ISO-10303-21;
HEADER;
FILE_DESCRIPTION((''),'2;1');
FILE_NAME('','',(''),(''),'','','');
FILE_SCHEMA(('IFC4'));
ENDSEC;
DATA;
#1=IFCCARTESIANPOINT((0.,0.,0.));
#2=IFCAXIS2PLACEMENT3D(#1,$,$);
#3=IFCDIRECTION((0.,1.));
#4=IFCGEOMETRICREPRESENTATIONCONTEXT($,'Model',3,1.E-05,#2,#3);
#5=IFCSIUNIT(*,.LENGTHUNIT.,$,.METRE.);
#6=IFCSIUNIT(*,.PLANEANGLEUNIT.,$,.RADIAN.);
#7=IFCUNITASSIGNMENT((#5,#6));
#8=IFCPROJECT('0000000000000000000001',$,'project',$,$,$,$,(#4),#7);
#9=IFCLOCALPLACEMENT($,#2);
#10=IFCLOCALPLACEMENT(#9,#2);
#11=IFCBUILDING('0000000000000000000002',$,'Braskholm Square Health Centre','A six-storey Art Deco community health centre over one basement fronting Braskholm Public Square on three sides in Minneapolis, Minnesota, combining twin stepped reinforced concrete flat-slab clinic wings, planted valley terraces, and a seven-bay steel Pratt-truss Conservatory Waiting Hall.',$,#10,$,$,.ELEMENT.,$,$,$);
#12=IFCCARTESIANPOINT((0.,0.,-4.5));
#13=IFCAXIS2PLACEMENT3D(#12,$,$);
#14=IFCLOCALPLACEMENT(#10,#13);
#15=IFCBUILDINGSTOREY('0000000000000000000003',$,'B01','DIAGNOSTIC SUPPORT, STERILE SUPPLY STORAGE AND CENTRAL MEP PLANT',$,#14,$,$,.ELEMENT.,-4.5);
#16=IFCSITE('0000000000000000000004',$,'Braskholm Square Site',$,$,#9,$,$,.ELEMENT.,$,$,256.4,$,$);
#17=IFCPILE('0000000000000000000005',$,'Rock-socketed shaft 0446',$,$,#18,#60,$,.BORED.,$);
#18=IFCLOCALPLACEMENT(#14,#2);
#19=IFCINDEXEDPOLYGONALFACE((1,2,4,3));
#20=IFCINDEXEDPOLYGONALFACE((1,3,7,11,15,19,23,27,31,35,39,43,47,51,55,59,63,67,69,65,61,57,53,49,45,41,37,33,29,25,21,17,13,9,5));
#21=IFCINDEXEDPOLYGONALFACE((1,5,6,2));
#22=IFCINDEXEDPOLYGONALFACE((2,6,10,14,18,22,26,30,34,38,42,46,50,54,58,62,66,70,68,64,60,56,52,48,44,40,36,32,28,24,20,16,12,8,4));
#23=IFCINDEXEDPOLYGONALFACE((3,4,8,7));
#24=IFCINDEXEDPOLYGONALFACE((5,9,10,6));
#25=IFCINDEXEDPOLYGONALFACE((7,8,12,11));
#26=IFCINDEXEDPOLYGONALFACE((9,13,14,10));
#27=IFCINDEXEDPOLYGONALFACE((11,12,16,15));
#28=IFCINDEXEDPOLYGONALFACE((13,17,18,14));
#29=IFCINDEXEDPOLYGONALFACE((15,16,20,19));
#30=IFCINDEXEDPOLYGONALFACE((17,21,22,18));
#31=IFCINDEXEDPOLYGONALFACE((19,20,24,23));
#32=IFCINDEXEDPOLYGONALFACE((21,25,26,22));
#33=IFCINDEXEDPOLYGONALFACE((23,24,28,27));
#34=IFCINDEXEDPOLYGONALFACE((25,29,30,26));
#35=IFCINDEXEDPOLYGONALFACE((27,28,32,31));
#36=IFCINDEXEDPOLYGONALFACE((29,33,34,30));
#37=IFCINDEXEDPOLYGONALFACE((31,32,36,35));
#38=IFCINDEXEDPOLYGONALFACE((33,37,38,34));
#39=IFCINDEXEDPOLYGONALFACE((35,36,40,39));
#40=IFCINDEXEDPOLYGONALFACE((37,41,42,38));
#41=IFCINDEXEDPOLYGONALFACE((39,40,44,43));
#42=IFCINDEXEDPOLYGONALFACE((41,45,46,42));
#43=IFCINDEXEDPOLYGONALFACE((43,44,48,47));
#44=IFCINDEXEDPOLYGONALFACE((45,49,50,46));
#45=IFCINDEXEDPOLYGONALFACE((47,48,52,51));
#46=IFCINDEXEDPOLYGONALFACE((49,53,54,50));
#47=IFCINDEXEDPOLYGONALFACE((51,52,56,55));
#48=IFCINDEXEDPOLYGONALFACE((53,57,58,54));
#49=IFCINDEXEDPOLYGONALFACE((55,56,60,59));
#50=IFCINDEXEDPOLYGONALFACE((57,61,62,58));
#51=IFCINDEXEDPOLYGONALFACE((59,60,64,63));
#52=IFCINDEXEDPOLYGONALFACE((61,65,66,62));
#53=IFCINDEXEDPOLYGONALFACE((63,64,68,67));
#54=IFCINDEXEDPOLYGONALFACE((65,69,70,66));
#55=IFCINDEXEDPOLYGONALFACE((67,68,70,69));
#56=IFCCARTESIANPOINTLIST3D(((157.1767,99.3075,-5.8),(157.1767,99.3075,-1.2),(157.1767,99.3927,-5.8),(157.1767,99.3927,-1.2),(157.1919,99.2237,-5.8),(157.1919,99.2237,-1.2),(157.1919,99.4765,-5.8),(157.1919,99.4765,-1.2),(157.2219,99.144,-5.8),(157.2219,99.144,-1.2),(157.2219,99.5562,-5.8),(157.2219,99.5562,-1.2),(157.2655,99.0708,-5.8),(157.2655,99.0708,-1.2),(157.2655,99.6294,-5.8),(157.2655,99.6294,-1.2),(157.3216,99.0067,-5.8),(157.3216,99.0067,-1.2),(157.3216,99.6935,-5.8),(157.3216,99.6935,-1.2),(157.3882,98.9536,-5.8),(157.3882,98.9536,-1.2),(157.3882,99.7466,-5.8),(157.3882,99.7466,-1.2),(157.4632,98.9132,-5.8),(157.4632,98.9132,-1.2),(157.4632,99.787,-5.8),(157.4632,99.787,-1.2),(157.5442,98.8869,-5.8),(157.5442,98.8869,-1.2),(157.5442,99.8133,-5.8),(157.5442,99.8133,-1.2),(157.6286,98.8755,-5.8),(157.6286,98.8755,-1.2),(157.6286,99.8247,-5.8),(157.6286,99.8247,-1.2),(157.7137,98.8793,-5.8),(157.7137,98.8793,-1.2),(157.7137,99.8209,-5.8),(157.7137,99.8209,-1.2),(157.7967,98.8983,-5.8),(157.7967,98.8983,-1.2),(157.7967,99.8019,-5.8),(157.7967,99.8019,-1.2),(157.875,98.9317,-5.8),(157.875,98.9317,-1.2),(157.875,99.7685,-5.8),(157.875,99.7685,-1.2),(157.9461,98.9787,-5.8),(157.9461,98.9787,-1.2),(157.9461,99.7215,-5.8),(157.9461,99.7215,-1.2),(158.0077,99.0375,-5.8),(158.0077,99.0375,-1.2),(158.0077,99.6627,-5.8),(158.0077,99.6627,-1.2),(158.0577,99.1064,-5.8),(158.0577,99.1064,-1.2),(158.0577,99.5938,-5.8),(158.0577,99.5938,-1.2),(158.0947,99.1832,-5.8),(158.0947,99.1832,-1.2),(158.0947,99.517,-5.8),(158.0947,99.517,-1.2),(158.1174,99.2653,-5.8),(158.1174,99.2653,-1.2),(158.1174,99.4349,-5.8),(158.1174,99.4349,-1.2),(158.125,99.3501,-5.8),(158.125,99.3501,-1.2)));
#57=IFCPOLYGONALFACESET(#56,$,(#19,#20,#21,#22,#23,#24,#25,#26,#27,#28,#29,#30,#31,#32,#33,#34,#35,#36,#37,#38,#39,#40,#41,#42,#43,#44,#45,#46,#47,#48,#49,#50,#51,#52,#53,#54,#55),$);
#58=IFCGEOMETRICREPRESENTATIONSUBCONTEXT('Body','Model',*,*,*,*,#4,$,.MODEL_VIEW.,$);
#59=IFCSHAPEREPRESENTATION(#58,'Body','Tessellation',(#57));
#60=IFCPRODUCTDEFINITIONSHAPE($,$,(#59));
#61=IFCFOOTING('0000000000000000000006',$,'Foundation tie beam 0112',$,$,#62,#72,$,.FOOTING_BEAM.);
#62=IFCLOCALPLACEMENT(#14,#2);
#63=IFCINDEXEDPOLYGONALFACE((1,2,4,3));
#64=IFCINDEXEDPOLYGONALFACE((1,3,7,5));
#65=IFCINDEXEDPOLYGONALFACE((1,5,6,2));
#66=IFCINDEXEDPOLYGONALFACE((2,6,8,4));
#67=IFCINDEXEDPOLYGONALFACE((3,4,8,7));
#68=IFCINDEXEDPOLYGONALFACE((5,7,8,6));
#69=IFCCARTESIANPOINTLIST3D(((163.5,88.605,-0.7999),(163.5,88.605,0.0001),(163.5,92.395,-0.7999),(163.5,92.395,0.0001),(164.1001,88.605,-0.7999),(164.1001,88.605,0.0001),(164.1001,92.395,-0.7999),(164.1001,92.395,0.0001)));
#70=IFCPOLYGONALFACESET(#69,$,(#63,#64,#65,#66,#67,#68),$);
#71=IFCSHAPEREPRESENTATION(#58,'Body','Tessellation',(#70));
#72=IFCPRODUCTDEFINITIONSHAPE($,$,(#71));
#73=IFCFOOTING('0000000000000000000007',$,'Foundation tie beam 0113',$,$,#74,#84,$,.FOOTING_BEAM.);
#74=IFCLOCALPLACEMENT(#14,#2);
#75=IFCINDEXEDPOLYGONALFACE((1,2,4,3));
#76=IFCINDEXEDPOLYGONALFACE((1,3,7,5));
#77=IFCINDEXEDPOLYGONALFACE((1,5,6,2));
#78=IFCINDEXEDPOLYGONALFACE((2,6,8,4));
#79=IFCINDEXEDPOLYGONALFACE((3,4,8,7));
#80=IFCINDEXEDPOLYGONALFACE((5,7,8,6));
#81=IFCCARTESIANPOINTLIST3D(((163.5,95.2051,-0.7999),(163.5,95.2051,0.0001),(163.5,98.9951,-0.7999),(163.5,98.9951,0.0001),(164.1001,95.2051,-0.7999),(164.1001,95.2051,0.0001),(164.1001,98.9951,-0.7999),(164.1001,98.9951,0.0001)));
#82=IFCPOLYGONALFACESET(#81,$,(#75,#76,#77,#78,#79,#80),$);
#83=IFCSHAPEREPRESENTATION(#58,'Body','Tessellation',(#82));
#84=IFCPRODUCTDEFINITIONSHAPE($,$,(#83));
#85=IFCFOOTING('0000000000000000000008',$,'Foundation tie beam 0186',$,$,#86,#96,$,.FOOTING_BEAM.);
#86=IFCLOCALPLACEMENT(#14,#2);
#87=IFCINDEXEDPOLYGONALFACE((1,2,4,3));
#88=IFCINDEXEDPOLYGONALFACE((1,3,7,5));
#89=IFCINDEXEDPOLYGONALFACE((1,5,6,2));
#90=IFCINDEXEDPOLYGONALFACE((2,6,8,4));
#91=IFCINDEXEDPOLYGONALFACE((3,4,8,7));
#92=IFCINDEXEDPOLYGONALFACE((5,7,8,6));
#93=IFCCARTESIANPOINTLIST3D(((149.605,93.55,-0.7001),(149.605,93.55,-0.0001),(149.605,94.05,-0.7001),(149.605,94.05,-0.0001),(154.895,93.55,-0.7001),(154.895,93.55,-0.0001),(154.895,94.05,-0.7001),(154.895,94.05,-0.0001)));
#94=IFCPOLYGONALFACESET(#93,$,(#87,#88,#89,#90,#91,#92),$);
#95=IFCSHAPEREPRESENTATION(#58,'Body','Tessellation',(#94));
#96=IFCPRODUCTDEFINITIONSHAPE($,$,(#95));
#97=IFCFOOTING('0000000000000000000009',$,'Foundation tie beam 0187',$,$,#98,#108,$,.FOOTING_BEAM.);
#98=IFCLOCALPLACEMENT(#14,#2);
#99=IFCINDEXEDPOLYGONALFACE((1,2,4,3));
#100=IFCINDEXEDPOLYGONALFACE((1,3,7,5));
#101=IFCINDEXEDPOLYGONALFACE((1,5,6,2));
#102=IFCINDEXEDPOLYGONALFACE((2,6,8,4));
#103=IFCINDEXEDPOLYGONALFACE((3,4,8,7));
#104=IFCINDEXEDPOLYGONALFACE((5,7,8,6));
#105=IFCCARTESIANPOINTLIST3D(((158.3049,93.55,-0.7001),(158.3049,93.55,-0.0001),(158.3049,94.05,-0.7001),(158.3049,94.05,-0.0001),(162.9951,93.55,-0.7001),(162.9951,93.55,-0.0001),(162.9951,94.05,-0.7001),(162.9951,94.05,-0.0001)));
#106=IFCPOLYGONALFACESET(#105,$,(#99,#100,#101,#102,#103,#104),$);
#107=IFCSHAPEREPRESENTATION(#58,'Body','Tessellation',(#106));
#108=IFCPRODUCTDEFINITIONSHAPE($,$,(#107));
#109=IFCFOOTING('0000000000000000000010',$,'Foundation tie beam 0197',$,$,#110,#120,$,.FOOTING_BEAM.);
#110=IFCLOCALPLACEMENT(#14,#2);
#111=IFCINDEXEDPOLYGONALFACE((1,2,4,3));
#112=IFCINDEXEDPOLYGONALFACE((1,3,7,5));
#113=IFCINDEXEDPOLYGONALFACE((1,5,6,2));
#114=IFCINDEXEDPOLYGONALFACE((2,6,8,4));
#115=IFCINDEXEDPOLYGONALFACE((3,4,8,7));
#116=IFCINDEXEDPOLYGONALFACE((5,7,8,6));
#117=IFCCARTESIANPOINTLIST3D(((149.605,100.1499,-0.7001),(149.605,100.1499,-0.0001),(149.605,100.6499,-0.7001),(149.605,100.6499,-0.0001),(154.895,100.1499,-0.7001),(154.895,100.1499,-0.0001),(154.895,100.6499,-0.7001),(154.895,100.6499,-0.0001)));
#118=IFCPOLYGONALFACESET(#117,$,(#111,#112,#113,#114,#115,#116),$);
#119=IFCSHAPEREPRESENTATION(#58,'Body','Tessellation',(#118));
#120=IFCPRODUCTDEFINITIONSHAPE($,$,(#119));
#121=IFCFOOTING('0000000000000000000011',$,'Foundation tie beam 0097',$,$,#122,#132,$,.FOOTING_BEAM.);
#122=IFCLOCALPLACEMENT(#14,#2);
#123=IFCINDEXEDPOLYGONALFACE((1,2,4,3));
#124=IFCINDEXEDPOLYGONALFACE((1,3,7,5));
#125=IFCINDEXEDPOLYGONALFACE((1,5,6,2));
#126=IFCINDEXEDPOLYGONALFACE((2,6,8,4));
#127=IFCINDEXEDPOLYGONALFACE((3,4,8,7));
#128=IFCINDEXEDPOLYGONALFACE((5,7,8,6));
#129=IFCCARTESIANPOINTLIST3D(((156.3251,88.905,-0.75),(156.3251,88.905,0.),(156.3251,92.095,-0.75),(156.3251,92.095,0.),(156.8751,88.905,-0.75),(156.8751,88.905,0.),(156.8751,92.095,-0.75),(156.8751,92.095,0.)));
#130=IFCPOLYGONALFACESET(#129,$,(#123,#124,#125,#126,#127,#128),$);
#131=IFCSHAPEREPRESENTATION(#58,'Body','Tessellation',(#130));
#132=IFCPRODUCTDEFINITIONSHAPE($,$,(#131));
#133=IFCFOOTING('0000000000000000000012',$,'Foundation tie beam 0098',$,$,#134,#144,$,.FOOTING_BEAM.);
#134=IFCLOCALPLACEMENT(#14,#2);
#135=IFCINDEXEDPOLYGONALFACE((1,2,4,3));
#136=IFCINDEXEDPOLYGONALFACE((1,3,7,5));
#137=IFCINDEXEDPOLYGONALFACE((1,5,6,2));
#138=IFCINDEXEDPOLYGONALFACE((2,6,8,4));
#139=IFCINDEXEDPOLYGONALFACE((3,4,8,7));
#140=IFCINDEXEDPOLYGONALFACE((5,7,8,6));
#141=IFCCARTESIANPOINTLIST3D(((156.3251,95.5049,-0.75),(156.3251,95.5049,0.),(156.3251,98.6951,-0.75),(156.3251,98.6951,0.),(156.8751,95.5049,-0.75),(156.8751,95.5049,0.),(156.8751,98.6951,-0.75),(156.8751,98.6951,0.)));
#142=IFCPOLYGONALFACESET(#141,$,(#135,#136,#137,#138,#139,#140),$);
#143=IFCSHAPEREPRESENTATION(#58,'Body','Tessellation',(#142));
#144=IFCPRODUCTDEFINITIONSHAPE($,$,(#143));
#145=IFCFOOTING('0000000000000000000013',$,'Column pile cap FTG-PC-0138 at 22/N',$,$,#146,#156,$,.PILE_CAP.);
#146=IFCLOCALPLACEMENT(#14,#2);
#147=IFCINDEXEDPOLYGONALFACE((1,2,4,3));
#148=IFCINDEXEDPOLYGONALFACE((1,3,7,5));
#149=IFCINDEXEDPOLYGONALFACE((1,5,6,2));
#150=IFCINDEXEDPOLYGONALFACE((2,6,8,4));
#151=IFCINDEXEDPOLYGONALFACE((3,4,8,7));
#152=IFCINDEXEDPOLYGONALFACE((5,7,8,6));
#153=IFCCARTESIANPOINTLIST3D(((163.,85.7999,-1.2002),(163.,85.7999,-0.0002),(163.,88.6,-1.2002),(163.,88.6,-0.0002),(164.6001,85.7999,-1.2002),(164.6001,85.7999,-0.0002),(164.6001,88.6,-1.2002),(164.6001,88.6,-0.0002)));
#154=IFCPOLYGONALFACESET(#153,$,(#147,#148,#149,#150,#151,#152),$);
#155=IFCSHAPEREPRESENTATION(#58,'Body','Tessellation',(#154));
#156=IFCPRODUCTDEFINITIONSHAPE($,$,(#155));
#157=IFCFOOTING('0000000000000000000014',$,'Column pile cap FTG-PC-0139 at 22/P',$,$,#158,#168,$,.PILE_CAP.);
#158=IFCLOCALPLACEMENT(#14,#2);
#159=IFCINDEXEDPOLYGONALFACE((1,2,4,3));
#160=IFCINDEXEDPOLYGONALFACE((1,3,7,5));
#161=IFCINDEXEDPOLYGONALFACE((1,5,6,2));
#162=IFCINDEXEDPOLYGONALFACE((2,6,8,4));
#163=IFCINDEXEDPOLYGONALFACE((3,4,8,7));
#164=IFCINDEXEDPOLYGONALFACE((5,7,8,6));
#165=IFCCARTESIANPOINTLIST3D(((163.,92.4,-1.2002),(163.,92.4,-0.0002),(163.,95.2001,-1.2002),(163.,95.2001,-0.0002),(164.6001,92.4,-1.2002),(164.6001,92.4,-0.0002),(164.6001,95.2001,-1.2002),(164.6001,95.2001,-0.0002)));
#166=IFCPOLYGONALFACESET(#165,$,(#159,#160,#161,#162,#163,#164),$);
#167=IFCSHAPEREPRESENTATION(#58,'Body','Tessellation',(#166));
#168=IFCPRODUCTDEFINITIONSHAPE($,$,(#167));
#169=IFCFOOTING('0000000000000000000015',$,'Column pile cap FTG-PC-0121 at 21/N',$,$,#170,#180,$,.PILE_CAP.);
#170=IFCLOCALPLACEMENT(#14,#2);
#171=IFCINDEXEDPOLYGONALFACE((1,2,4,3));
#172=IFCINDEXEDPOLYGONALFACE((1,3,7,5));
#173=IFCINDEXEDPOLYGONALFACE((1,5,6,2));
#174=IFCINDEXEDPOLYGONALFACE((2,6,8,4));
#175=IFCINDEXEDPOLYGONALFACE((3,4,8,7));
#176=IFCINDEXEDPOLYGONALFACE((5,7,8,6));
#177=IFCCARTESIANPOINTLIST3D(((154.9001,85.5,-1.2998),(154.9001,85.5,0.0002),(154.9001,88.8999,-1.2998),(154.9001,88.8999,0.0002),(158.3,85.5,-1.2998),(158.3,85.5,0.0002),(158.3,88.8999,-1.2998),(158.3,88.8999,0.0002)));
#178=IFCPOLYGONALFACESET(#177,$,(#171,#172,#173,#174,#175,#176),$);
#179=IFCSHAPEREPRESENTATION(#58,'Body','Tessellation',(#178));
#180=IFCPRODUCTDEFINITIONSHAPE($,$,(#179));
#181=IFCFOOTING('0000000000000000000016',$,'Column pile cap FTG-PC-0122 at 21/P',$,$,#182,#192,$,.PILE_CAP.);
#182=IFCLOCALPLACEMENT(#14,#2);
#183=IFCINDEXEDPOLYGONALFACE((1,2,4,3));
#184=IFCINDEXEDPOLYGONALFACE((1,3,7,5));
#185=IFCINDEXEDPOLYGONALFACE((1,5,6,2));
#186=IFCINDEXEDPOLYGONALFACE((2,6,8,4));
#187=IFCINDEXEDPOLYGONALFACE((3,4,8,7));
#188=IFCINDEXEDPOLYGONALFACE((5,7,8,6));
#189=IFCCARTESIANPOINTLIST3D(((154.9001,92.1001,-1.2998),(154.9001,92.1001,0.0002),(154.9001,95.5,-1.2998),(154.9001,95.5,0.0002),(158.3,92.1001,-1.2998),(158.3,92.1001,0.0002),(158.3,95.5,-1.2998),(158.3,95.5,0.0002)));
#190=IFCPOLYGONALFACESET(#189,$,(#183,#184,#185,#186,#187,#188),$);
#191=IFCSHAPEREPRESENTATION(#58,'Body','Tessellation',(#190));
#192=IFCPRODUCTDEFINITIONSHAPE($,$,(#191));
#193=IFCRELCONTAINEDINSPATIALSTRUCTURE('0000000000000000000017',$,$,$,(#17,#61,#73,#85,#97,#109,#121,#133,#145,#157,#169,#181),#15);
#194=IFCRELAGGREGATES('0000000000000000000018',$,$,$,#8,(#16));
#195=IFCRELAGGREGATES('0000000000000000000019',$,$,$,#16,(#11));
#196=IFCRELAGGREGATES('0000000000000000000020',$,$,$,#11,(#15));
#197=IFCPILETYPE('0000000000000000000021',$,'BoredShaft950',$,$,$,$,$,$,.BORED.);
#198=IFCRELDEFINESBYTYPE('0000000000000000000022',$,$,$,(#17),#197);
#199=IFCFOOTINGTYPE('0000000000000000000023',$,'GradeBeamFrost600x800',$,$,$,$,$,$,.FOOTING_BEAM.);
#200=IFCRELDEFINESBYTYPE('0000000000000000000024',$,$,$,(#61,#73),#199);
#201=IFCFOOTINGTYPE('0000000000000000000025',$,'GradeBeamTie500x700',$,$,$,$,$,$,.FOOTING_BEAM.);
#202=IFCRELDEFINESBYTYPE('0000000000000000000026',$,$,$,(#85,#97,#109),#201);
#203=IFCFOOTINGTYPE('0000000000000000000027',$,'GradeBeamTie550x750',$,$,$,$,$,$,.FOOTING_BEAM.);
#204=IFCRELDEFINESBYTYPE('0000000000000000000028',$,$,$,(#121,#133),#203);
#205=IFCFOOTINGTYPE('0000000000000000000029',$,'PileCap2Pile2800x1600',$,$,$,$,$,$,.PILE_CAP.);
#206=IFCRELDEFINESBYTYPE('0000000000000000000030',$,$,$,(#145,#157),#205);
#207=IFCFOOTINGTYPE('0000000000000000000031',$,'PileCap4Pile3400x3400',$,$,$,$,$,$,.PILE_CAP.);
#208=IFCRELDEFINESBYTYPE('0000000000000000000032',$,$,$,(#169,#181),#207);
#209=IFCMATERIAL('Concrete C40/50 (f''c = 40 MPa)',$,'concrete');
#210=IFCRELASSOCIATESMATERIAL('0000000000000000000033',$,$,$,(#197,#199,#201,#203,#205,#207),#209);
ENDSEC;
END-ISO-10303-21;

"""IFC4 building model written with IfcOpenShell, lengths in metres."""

from ifc_helpers import new_model, si_unit, direction, frame, origin, origin_2d, place, context, subcontext, project, spatial, rectangle, circle, extrude, material, material_profile, profile_set, type_object, element, save


model = new_model("IFC4")

# Units and contexts
model_context = context("Model", 3, precision=1e-05, world=origin(), true_north=direction((0.0, 1.0)))
body_context = subcontext(model_context, "Body", "Model", "MODEL_VIEW")
ifc_project = project(units=[si_unit("LENGTHUNIT", "METRE"), si_unit("PLANEANGLEUNIT", "RADIAN")], contexts=[model_context])

# Site, building, storey
site_placement = place(None, origin())
site = spatial("IfcSite", under=ifc_project, at=site_placement, Name="Braskholm Square Site", CompositionType="ELEMENT", RefElevation=256.4)
building_placement = place(site_placement, origin())
building = spatial("IfcBuilding", under=site, at=building_placement, Name="Braskholm Square Health Centre", Description="A six-storey Art Deco community health centre over one basement fronting Braskholm Public Square on three sides in Minneapolis, Minnesota, combining twin stepped reinforced concrete flat-slab clinic wings, planted valley terraces, and a seven-bay steel Pratt-truss Conservatory Waiting Hall.", CompositionType="ELEMENT")
storey_placement = place(building_placement, frame((0.0, 0.0, -4.5)))
storey = spatial("IfcBuildingStorey", under=building, at=storey_placement, Name="B01", Description="DIAGNOSTIC SUPPORT, STERILE SUPPLY STORAGE AND CENTRAL MEP PLANT", CompositionType="ELEMENT", Elevation=-4.5)

# Pile
ifc_material_1 = material(Name="Concrete C40/50 (f'c = 40 MPa)", Category="concrete")
ifc_material_profile_1 = material_profile(ifc_material_1, circle(Radius=0.4751, at=origin_2d()), Name="BORED-PILE-950")
ifc_profile_set_1 = profile_set([ifc_material_profile_1], Name="Concrete C40/50 (f'c = 40 MPa)")
pile_type_1 = type_object("IfcPileType", Name="BoredShaft950", PredefinedType="BORED", material=ifc_profile_set_1)
for number, where, z_axis, x_axis, name in (
    (1, (157.6499, 99.3501, -1.2), (0.0, 0.0, -1.0), (1.0, 0.0, 0.0), "Rock-socketed shaft 0446"),
):
    element("IfcPile", number, at=place(storey_placement, frame(where, z_axis=z_axis, x_axis=x_axis)), inside=storey, type_object=pile_type_1, Name=name, PredefinedType="BORED", context=body_context, shape_type="SweptSolid", body=[
        extrude(circle(Radius=0.4751, at=origin_2d()), origin(), (0.0, 0.0, 1.0), 4.6001),
    ])

# Footings
ifc_material_profile_2 = material_profile(ifc_material_1, rectangle(XDim=0.6001, YDim=0.8, at=origin_2d()), Name="FTG-600X800")
ifc_profile_set_2 = profile_set([ifc_material_profile_2], Name="Concrete C40/50 (f'c = 40 MPa)")
footing_type_1 = type_object("IfcFootingType", Name="GradeBeamFrost600x800", PredefinedType="FOOTING_BEAM", material=ifc_profile_set_2)
for number, where, z_axis, x_axis, name in (
    (2, (163.8, 88.605, -0.3999), (0.0, 1.0, 0.0), (-1.0, 0.0, 0.0), "Foundation tie beam 0112"),
    (3, (163.8, 95.2051, -0.3999), (0.0, 1.0, 0.0), (-1.0, 0.0, 0.0), "Foundation tie beam 0113"),
):
    element("IfcFooting", number, at=place(storey_placement, frame(where, z_axis=z_axis, x_axis=x_axis)), inside=storey, type_object=footing_type_1, Name=name, PredefinedType="FOOTING_BEAM", context=body_context, shape_type="SweptSolid", body=[
        extrude(rectangle(XDim=0.6001, YDim=0.8, at=origin_2d()), origin(), (0.0, 0.0, 1.0), 3.79),
    ])
ifc_material_profile_3 = material_profile(ifc_material_1, rectangle(XDim=0.5, YDim=0.7, at=origin_2d()), Name="FTG-500X700")
ifc_profile_set_3 = profile_set([ifc_material_profile_3], Name="Concrete C40/50 (f'c = 40 MPa)")
footing_type_2 = type_object("IfcFootingType", Name="GradeBeamTie500x700", PredefinedType="FOOTING_BEAM", material=ifc_profile_set_3)
footing_1_placement = place(storey_placement, frame((149.605, 93.8, -0.3501), z_axis=(1.0, 0.0, 0.0), x_axis=(0.0, 1.0, 0.0)))
element("IfcFooting", 4, at=footing_1_placement, inside=storey, type_object=footing_type_2, Name="Foundation tie beam 0186", PredefinedType="FOOTING_BEAM", context=body_context, shape_type="SweptSolid", body=[
    extrude(rectangle(XDim=0.5, YDim=0.7, at=origin_2d()), origin(), (0.0, 0.0, 1.0), 5.29),
])
footing_2_placement = place(storey_placement, frame((158.3049, 93.8, -0.3501), z_axis=(1.0, 0.0, 0.0), x_axis=(0.0, 1.0, 0.0)))
element("IfcFooting", 5, at=footing_2_placement, inside=storey, type_object=footing_type_2, Name="Foundation tie beam 0187", PredefinedType="FOOTING_BEAM", context=body_context, shape_type="SweptSolid", body=[
    extrude(rectangle(XDim=0.5, YDim=0.7, at=origin_2d()), origin(), (0.0, 0.0, 1.0), 4.6902),
])
footing_3_placement = place(storey_placement, frame((149.605, 100.3999, -0.3501), z_axis=(1.0, 0.0, 0.0), x_axis=(0.0, 1.0, 0.0)))
element("IfcFooting", 6, at=footing_3_placement, inside=storey, type_object=footing_type_2, Name="Foundation tie beam 0197", PredefinedType="FOOTING_BEAM", context=body_context, shape_type="SweptSolid", body=[
    extrude(rectangle(XDim=0.5, YDim=0.7, at=origin_2d()), origin(), (0.0, 0.0, 1.0), 5.29),
])
ifc_material_profile_4 = material_profile(ifc_material_1, rectangle(XDim=0.55, YDim=0.75, at=origin_2d()), Name="FTG-550X750")
ifc_profile_set_4 = profile_set([ifc_material_profile_4], Name="Concrete C40/50 (f'c = 40 MPa)")
footing_type_3 = type_object("IfcFootingType", Name="GradeBeamTie550x750", PredefinedType="FOOTING_BEAM", material=ifc_profile_set_4)
footing_4_placement = place(storey_placement, frame((156.6001, 88.905, -0.375), z_axis=(0.0, 1.0, 0.0), x_axis=(-1.0, 0.0, 0.0)))
element("IfcFooting", 7, at=footing_4_placement, inside=storey, type_object=footing_type_3, Name="Foundation tie beam 0097", PredefinedType="FOOTING_BEAM", context=body_context, shape_type="SweptSolid", body=[
    extrude(rectangle(XDim=0.55, YDim=0.75, at=origin_2d()), origin(), (0.0, 0.0, 1.0), 3.1899),
])
footing_5_placement = place(storey_placement, frame((156.6001, 95.5049, -0.375), z_axis=(0.0, 1.0, 0.0), x_axis=(-1.0, 0.0, 0.0)))
element("IfcFooting", 8, at=footing_5_placement, inside=storey, type_object=footing_type_3, Name="Foundation tie beam 0098", PredefinedType="FOOTING_BEAM", context=body_context, shape_type="SweptSolid", body=[
    extrude(rectangle(XDim=0.55, YDim=0.75, at=origin_2d()), origin(), (0.0, 0.0, 1.0), 3.1902),
])
footing_type_4 = type_object("IfcFootingType", Name="PileCap2Pile2800x1600", PredefinedType="PILE_CAP", material=ifc_material_1)
for number, where, z_axis, x_axis, name in (
    (9, (163.8, 87.2, -1.2002), (0.0, 0.0, 1.0), (0.0, 1.0, 0.0), "Column pile cap FTG-PC-0138 at 22/N"),
    (10, (163.8, 93.8, -1.2002), (0.0, 0.0, 1.0), (0.0, 1.0, 0.0), "Column pile cap FTG-PC-0139 at 22/P"),
):
    element("IfcFooting", number, at=place(storey_placement, frame(where, z_axis=z_axis, x_axis=x_axis)), inside=storey, type_object=footing_type_4, Name=name, PredefinedType="PILE_CAP", context=body_context, shape_type="SweptSolid", body=[
        extrude(rectangle(XDim=2.8, YDim=1.6001, at=origin_2d()), origin(), (0.0, 0.0, 1.0), 1.2),
    ])
footing_type_5 = type_object("IfcFootingType", Name="PileCap4Pile3400x3400", PredefinedType="PILE_CAP", material=ifc_material_1)
for number, where, z_axis, x_axis, name in (
    (11, (156.6001, 87.2, -1.2998), (0.0, 0.0, 1.0), (1.0, 0.0, 0.0), "Column pile cap FTG-PC-0121 at 21/N"),
    (12, (156.6001, 93.8, -1.2998), (0.0, 0.0, 1.0), (1.0, 0.0, 0.0), "Column pile cap FTG-PC-0122 at 21/P"),
):
    element("IfcFooting", number, at=place(storey_placement, frame(where, z_axis=z_axis, x_axis=x_axis)), inside=storey, type_object=footing_type_5, Name=name, PredefinedType="PILE_CAP", context=body_context, shape_type="SweptSolid", body=[
        extrude(rectangle(XDim=3.3999, YDim=3.3999, at=origin_2d()), origin(), (0.0, 0.0, 1.0), 1.3),
    ])

save(model, "model.ifc")
